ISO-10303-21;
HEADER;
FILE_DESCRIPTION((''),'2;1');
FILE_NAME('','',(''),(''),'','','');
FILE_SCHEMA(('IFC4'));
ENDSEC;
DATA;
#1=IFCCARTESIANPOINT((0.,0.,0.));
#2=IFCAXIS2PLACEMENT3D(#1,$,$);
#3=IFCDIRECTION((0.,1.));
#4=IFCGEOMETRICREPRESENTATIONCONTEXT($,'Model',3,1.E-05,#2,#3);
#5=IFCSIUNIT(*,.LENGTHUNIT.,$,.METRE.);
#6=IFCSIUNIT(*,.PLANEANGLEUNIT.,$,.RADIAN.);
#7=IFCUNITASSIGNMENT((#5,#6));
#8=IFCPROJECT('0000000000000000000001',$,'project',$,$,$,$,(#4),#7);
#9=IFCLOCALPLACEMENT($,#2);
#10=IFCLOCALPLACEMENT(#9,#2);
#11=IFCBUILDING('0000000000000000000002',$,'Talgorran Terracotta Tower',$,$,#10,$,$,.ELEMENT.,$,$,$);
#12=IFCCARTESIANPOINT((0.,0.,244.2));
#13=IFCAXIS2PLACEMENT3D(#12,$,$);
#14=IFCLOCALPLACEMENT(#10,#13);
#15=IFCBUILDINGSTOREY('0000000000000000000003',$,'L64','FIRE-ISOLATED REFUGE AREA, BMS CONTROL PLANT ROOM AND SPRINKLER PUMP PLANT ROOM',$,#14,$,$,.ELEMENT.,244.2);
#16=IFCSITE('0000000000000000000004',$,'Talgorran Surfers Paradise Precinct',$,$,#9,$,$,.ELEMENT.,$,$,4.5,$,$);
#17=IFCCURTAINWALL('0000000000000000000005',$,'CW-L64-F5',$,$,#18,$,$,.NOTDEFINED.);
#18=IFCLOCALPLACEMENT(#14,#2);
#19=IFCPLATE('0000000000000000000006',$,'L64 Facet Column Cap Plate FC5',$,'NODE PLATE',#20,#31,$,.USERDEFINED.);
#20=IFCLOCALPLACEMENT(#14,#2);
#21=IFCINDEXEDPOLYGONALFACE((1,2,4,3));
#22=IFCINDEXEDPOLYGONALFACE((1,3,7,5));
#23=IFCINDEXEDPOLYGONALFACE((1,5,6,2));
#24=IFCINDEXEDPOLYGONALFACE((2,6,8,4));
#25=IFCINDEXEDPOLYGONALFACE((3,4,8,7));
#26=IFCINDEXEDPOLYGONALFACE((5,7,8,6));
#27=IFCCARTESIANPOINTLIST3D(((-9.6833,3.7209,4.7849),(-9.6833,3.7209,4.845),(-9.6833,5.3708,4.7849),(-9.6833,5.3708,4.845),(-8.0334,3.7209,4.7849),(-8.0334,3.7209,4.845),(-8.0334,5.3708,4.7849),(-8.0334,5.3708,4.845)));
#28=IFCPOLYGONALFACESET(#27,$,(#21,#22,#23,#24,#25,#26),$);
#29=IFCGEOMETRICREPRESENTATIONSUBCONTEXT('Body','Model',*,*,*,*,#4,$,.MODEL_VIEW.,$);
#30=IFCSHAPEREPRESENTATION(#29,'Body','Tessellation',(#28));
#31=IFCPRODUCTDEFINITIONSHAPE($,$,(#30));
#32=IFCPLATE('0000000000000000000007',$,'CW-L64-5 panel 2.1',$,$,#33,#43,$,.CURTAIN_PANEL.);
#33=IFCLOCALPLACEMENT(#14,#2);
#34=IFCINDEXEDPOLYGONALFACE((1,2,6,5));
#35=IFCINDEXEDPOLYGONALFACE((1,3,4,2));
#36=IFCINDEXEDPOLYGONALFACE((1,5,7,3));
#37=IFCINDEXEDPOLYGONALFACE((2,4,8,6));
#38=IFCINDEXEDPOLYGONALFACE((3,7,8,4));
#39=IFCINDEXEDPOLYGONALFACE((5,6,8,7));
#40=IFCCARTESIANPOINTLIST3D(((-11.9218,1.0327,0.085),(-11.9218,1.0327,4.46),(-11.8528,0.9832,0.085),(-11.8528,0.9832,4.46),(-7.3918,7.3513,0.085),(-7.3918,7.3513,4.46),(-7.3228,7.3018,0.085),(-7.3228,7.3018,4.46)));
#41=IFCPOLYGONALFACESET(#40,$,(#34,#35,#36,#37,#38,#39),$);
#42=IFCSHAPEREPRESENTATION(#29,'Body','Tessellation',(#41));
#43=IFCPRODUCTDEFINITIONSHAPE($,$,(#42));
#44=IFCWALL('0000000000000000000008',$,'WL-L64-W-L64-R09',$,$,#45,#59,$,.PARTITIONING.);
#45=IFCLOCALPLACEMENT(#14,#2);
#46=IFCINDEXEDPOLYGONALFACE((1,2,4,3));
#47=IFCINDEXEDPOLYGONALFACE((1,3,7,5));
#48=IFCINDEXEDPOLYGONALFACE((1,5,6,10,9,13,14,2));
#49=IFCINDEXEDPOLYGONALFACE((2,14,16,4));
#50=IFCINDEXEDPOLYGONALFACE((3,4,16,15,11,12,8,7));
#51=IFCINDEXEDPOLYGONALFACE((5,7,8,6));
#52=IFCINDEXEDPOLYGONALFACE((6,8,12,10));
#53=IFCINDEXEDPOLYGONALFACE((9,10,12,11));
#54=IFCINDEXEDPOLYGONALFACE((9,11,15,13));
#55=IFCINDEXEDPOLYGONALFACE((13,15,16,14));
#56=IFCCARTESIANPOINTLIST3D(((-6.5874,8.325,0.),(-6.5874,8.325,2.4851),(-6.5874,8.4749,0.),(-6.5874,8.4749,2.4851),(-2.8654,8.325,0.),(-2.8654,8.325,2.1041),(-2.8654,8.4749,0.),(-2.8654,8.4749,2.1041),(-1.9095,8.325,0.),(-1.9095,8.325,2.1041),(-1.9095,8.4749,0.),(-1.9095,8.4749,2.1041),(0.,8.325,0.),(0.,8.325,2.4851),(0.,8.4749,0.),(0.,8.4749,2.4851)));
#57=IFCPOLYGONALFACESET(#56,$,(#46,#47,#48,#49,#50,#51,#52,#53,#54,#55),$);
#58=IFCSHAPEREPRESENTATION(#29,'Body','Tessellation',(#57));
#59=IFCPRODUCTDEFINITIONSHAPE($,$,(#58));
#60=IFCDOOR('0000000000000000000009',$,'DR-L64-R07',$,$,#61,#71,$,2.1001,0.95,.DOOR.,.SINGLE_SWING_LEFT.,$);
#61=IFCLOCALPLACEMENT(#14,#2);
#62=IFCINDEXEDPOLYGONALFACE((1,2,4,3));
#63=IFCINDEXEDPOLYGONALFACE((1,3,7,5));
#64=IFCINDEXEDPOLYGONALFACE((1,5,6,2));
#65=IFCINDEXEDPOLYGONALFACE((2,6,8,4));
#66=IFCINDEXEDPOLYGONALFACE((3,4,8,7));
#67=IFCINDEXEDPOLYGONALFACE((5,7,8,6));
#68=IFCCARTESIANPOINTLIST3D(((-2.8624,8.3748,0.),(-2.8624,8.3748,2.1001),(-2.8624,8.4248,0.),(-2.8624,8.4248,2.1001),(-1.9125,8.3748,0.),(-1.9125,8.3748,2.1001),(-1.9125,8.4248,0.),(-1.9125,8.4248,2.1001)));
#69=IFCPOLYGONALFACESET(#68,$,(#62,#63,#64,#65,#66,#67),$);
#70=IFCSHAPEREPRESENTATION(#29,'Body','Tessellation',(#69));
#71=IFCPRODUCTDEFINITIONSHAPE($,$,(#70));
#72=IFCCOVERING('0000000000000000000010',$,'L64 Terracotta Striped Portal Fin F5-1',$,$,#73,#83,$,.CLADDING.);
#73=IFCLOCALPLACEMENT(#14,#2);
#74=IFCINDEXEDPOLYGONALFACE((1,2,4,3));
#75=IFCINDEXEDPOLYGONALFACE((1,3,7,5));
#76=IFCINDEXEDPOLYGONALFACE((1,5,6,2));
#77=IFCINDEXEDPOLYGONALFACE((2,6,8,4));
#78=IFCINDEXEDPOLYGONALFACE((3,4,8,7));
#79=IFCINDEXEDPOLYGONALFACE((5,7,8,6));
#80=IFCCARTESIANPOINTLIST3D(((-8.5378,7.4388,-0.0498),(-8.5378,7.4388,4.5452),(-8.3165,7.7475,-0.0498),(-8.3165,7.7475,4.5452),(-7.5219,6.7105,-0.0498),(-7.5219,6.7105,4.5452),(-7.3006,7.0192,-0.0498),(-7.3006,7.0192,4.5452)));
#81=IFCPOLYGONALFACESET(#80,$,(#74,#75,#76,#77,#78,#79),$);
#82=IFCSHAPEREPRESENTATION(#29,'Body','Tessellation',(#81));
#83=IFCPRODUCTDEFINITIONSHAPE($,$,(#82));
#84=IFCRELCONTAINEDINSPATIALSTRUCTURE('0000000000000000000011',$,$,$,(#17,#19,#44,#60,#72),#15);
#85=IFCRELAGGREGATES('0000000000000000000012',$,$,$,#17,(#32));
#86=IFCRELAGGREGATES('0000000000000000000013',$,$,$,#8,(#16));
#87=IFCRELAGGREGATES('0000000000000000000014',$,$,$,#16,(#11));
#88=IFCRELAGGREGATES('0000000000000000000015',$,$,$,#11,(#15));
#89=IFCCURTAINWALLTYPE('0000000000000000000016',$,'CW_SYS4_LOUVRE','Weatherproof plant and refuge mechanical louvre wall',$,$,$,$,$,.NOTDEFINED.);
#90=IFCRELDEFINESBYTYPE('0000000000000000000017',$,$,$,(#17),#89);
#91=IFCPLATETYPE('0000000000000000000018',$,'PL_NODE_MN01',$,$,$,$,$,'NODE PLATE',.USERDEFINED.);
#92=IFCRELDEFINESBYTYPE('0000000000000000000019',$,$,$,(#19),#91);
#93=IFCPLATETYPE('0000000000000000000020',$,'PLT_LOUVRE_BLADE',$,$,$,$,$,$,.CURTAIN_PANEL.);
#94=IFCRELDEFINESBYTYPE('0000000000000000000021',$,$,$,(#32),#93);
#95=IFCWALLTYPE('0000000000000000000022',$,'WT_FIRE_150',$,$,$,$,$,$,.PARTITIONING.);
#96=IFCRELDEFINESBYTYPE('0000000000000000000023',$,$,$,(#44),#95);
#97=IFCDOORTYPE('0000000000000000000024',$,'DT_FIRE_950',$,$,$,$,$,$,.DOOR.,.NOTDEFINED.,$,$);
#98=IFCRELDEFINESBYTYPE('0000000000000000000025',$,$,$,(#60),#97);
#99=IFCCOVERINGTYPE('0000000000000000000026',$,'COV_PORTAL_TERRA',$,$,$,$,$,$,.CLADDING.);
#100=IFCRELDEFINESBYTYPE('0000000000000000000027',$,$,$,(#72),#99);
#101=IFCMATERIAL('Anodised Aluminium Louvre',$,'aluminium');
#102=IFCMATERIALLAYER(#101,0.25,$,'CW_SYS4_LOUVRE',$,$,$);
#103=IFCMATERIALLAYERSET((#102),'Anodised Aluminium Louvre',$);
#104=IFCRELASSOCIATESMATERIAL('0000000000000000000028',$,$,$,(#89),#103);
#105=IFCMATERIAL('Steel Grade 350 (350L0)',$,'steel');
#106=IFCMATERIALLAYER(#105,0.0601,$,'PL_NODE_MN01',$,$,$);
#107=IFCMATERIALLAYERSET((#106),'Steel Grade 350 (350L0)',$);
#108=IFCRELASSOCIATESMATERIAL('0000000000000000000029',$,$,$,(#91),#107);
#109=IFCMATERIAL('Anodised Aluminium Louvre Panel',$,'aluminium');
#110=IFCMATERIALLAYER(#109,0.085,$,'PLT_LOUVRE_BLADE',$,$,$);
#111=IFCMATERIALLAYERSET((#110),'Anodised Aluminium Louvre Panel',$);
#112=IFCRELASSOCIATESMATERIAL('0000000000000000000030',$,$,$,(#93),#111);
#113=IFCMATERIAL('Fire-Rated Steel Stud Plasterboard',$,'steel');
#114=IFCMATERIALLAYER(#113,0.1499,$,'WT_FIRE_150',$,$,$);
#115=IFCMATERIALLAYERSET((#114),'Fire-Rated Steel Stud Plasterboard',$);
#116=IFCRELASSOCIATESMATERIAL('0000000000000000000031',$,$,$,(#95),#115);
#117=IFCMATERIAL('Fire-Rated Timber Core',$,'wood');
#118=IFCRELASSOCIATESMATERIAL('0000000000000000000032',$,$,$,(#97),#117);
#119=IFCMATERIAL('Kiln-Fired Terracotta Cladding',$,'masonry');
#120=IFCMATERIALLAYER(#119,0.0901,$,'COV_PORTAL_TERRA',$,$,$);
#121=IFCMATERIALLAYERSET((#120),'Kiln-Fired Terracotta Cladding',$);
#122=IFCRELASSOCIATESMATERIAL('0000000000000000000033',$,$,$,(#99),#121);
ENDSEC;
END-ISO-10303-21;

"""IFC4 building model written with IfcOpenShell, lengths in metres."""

from ifc_helpers import new_model, si_unit, direction, frame, frame_2d, origin, origin_2d, place, context, subcontext, project, spatial, rectangle, extrude, source, transform, mapped, material, layer, layer_set, type_object, type_shapes, element, fill, aggregate, save


model = new_model("IFC4")

# Units and contexts
model_context = context("Model", 3, precision=1e-05, world=origin(), true_north=direction((0.0, 1.0)))
body_context = subcontext(model_context, "Body", "Model", "MODEL_VIEW")
ifc_project = project(units=[si_unit("LENGTHUNIT", "METRE"), si_unit("PLANEANGLEUNIT", "RADIAN")], contexts=[model_context])

# Site, building, storey
site_placement = place(None, origin())
site = spatial("IfcSite", under=ifc_project, at=site_placement, Name="Talgorran Surfers Paradise Precinct", CompositionType="ELEMENT", RefElevation=4.5)
building_placement = place(site_placement, origin())
building = spatial("IfcBuilding", under=site, at=building_placement, Name="Talgorran Terracotta Tower", CompositionType="ELEMENT")
storey_placement = place(building_placement, frame((0.0, 0.0, 244.2)))
storey = spatial("IfcBuildingStorey", under=building, at=storey_placement, Name="L64", Description="FIRE-ISOLATED REFUGE AREA, BMS CONTROL PLANT ROOM AND SPRINKLER PUMP PLANT ROOM", CompositionType="ELEMENT", Elevation=244.2)

# Shared definitions
ifc_material_1 = material(Name="Steel Grade 350 (350L0)", Category="steel")

# Curtain wall
ifc_material_2 = material(Name="Anodised Aluminium Louvre", Category="aluminium")
ifc_layer_1 = layer(ifc_material_2, 0.25, Name="CW_SYS4_LOUVRE")
ifc_layer_set_1 = layer_set([ifc_layer_1], Name="Anodised Aluminium Louvre")
curtain_wall_type = type_object("IfcCurtainWallType", Name="CW_SYS4_LOUVRE", Description="Weatherproof plant and refuge mechanical louvre wall", PredefinedType="NOTDEFINED", material=ifc_layer_set_1)
curtain_wall_placement = place(storey_placement, origin())
curtain_wall = element("IfcCurtainWall", 1, at=curtain_wall_placement, inside=storey, type_object=curtain_wall_type, Name="CW-L64-F5", PredefinedType="NOTDEFINED")

# Plates
ifc_layer_2 = layer(ifc_material_1, 0.0601, Name="PL_NODE_MN01")
ifc_layer_set_2 = layer_set([ifc_layer_2], Name="Steel Grade 350 (350L0)")
plate_type_1 = type_object("IfcPlateType", Name="PL_NODE_MN01", ElementType="NODE PLATE", PredefinedType="USERDEFINED", material=ifc_layer_set_2)
plate_1_placement = place(storey_placement, frame((-8.8584, 4.5459, 4.7849), z_axis=(0.0, 0.0, 1.0), x_axis=(1.0, 0.0, 0.0)))
element("IfcPlate", 2, at=plate_1_placement, inside=storey, type_object=plate_type_1, Name="L64 Facet Column Cap Plate FC5", ObjectType="NODE PLATE", PredefinedType="USERDEFINED", context=body_context, shape_type="SweptSolid", body=[
    extrude(rectangle(XDim=1.6499, YDim=1.6499, at=origin_2d()), origin(), (0.0, 0.0, 1.0), 0.0601),
])
ifc_material_3 = material(Name="Anodised Aluminium Louvre Panel", Category="aluminium")
ifc_layer_3 = layer(ifc_material_3, 0.085, Name="PLT_LOUVRE_BLADE")
ifc_layer_set_3 = layer_set([ifc_layer_3], Name="Anodised Aluminium Louvre Panel")
plate_type_2 = type_object("IfcPlateType", Name="PLT_LOUVRE_BLADE", PredefinedType="CURTAIN_PANEL", material=ifc_layer_set_3)
shared_shape = source(origin(), body_context, "Body", "SweptSolid", [
    extrude(rectangle(XDim=7.7747, YDim=0.085, at=origin_2d()), origin(), (0.0, 0.0, 1.0), 4.375),
])
type_shapes(plate_type_2, [shared_shape])
plate_2_placement = place(storey_placement, frame((-9.6223, 4.1672, 0.085), z_axis=(0.0, 0.0, 1.0), x_axis=(-0.582665, -0.812713, 0.0)))
plate_2 = element("IfcPlate", 3, at=plate_2_placement, type_object=plate_type_2, Name="CW-L64-5 panel 2.1", PredefinedType="CURTAIN_PANEL", context=body_context, shape_type="MappedRepresentation", body=[
    mapped(shared_shape, transform((0.0, 0.0, 0.0), scale=1.0)),
])
aggregate(curtain_wall, [plate_2])

# Wall, opening, door
ifc_material_4 = material(Name="Fire-Rated Steel Stud Plasterboard", Category="steel")
ifc_layer_4 = layer(ifc_material_4, 0.1499, Name="WT_FIRE_150")
ifc_layer_set_4 = layer_set([ifc_layer_4], Name="Fire-Rated Steel Stud Plasterboard")
wall_type = type_object("IfcWallType", Name="WT_FIRE_150", PredefinedType="PARTITIONING", material=ifc_layer_set_4)
wall_placement = place(storey_placement, frame((-6.5874, 8.3999, 0.0), z_axis=(0.0, 0.0, 1.0), x_axis=(1.0, 0.0, 0.0)))
wall = element("IfcWall", 4, at=wall_placement, inside=storey, type_object=wall_type, Name="WL-L64-W-L64-R09", PredefinedType="PARTITIONING", context=body_context, shape_type="SweptSolid", body=[
    extrude(rectangle(XDim=6.5874, YDim=0.1499, at=frame_2d((3.2937, 0.0))), origin(), (0.0, 0.0, 1.0), 2.4851),
])
opening_placement = place(wall_placement, frame((3.7249, 0.0, 0.0)))
opening = element("IfcOpeningElement", 5, at=opening_placement, cuts=wall, PredefinedType="OPENING", context=body_context, shape_type="SweptSolid", body=[
    extrude(rectangle(XDim=0.956, YDim=2.1041, at=frame_2d((0.4751, 1.052))), frame((0.0, 0.085, 0.0), z_axis=(0.0, -1.0, 0.0), x_axis=(1.0, 0.0, 0.0)), (0.0, 0.0, 1.0), 0.1699),
])
ifc_material_5 = material(Name="Fire-Rated Timber Core", Category="wood")
door_type = type_object("IfcDoorType", Name="DT_FIRE_950", OperationType="NOTDEFINED", PredefinedType="DOOR", material=ifc_material_5)
door_placement = place(opening_placement, origin())
door = element("IfcDoor", 6, at=door_placement, inside=storey, type_object=door_type, Name="DR-L64-R07", OperationType="SINGLE_SWING_LEFT", OverallHeight=2.1001, OverallWidth=0.95, PredefinedType="DOOR", context=body_context, shape_type="SweptSolid", body=[
    extrude(rectangle(XDim=0.95, YDim=2.1001, at=frame_2d((0.4751, 1.05))), frame((0.0, 0.0249, 0.0), z_axis=(0.0, -1.0, 0.0), x_axis=(1.0, 0.0, 0.0)), (0.0, 0.0, 1.0), 0.05),
])
fill(opening, door)

# Covering
ifc_material_6 = material(Name="Kiln-Fired Terracotta Cladding", Category="masonry")
ifc_layer_5 = layer(ifc_material_6, 0.0901, Name="COV_PORTAL_TERRA")
ifc_layer_set_5 = layer_set([ifc_layer_5], Name="Kiln-Fired Terracotta Cladding")
covering_type = type_object("IfcCoveringType", Name="COV_PORTAL_TERRA", PredefinedType="CLADDING", material=ifc_layer_set_5)
covering_placement = place(storey_placement, frame((-7.9192, 7.229, -0.0498), z_axis=(0.0, 0.0, 1.0), x_axis=(-0.582662, -0.812715, 0.0)))
element("IfcCovering", 7, at=covering_placement, inside=storey, type_object=covering_type, Name="L64 Terracotta Striped Portal Fin F5-1", PredefinedType="CLADDING", context=body_context, shape_type="SweptSolid", body=[
    extrude(rectangle(XDim=0.3799, YDim=1.25, at=origin_2d()), origin(), (0.0, 0.0, 1.0), 4.595),
])

save(model, "model.ifc")
